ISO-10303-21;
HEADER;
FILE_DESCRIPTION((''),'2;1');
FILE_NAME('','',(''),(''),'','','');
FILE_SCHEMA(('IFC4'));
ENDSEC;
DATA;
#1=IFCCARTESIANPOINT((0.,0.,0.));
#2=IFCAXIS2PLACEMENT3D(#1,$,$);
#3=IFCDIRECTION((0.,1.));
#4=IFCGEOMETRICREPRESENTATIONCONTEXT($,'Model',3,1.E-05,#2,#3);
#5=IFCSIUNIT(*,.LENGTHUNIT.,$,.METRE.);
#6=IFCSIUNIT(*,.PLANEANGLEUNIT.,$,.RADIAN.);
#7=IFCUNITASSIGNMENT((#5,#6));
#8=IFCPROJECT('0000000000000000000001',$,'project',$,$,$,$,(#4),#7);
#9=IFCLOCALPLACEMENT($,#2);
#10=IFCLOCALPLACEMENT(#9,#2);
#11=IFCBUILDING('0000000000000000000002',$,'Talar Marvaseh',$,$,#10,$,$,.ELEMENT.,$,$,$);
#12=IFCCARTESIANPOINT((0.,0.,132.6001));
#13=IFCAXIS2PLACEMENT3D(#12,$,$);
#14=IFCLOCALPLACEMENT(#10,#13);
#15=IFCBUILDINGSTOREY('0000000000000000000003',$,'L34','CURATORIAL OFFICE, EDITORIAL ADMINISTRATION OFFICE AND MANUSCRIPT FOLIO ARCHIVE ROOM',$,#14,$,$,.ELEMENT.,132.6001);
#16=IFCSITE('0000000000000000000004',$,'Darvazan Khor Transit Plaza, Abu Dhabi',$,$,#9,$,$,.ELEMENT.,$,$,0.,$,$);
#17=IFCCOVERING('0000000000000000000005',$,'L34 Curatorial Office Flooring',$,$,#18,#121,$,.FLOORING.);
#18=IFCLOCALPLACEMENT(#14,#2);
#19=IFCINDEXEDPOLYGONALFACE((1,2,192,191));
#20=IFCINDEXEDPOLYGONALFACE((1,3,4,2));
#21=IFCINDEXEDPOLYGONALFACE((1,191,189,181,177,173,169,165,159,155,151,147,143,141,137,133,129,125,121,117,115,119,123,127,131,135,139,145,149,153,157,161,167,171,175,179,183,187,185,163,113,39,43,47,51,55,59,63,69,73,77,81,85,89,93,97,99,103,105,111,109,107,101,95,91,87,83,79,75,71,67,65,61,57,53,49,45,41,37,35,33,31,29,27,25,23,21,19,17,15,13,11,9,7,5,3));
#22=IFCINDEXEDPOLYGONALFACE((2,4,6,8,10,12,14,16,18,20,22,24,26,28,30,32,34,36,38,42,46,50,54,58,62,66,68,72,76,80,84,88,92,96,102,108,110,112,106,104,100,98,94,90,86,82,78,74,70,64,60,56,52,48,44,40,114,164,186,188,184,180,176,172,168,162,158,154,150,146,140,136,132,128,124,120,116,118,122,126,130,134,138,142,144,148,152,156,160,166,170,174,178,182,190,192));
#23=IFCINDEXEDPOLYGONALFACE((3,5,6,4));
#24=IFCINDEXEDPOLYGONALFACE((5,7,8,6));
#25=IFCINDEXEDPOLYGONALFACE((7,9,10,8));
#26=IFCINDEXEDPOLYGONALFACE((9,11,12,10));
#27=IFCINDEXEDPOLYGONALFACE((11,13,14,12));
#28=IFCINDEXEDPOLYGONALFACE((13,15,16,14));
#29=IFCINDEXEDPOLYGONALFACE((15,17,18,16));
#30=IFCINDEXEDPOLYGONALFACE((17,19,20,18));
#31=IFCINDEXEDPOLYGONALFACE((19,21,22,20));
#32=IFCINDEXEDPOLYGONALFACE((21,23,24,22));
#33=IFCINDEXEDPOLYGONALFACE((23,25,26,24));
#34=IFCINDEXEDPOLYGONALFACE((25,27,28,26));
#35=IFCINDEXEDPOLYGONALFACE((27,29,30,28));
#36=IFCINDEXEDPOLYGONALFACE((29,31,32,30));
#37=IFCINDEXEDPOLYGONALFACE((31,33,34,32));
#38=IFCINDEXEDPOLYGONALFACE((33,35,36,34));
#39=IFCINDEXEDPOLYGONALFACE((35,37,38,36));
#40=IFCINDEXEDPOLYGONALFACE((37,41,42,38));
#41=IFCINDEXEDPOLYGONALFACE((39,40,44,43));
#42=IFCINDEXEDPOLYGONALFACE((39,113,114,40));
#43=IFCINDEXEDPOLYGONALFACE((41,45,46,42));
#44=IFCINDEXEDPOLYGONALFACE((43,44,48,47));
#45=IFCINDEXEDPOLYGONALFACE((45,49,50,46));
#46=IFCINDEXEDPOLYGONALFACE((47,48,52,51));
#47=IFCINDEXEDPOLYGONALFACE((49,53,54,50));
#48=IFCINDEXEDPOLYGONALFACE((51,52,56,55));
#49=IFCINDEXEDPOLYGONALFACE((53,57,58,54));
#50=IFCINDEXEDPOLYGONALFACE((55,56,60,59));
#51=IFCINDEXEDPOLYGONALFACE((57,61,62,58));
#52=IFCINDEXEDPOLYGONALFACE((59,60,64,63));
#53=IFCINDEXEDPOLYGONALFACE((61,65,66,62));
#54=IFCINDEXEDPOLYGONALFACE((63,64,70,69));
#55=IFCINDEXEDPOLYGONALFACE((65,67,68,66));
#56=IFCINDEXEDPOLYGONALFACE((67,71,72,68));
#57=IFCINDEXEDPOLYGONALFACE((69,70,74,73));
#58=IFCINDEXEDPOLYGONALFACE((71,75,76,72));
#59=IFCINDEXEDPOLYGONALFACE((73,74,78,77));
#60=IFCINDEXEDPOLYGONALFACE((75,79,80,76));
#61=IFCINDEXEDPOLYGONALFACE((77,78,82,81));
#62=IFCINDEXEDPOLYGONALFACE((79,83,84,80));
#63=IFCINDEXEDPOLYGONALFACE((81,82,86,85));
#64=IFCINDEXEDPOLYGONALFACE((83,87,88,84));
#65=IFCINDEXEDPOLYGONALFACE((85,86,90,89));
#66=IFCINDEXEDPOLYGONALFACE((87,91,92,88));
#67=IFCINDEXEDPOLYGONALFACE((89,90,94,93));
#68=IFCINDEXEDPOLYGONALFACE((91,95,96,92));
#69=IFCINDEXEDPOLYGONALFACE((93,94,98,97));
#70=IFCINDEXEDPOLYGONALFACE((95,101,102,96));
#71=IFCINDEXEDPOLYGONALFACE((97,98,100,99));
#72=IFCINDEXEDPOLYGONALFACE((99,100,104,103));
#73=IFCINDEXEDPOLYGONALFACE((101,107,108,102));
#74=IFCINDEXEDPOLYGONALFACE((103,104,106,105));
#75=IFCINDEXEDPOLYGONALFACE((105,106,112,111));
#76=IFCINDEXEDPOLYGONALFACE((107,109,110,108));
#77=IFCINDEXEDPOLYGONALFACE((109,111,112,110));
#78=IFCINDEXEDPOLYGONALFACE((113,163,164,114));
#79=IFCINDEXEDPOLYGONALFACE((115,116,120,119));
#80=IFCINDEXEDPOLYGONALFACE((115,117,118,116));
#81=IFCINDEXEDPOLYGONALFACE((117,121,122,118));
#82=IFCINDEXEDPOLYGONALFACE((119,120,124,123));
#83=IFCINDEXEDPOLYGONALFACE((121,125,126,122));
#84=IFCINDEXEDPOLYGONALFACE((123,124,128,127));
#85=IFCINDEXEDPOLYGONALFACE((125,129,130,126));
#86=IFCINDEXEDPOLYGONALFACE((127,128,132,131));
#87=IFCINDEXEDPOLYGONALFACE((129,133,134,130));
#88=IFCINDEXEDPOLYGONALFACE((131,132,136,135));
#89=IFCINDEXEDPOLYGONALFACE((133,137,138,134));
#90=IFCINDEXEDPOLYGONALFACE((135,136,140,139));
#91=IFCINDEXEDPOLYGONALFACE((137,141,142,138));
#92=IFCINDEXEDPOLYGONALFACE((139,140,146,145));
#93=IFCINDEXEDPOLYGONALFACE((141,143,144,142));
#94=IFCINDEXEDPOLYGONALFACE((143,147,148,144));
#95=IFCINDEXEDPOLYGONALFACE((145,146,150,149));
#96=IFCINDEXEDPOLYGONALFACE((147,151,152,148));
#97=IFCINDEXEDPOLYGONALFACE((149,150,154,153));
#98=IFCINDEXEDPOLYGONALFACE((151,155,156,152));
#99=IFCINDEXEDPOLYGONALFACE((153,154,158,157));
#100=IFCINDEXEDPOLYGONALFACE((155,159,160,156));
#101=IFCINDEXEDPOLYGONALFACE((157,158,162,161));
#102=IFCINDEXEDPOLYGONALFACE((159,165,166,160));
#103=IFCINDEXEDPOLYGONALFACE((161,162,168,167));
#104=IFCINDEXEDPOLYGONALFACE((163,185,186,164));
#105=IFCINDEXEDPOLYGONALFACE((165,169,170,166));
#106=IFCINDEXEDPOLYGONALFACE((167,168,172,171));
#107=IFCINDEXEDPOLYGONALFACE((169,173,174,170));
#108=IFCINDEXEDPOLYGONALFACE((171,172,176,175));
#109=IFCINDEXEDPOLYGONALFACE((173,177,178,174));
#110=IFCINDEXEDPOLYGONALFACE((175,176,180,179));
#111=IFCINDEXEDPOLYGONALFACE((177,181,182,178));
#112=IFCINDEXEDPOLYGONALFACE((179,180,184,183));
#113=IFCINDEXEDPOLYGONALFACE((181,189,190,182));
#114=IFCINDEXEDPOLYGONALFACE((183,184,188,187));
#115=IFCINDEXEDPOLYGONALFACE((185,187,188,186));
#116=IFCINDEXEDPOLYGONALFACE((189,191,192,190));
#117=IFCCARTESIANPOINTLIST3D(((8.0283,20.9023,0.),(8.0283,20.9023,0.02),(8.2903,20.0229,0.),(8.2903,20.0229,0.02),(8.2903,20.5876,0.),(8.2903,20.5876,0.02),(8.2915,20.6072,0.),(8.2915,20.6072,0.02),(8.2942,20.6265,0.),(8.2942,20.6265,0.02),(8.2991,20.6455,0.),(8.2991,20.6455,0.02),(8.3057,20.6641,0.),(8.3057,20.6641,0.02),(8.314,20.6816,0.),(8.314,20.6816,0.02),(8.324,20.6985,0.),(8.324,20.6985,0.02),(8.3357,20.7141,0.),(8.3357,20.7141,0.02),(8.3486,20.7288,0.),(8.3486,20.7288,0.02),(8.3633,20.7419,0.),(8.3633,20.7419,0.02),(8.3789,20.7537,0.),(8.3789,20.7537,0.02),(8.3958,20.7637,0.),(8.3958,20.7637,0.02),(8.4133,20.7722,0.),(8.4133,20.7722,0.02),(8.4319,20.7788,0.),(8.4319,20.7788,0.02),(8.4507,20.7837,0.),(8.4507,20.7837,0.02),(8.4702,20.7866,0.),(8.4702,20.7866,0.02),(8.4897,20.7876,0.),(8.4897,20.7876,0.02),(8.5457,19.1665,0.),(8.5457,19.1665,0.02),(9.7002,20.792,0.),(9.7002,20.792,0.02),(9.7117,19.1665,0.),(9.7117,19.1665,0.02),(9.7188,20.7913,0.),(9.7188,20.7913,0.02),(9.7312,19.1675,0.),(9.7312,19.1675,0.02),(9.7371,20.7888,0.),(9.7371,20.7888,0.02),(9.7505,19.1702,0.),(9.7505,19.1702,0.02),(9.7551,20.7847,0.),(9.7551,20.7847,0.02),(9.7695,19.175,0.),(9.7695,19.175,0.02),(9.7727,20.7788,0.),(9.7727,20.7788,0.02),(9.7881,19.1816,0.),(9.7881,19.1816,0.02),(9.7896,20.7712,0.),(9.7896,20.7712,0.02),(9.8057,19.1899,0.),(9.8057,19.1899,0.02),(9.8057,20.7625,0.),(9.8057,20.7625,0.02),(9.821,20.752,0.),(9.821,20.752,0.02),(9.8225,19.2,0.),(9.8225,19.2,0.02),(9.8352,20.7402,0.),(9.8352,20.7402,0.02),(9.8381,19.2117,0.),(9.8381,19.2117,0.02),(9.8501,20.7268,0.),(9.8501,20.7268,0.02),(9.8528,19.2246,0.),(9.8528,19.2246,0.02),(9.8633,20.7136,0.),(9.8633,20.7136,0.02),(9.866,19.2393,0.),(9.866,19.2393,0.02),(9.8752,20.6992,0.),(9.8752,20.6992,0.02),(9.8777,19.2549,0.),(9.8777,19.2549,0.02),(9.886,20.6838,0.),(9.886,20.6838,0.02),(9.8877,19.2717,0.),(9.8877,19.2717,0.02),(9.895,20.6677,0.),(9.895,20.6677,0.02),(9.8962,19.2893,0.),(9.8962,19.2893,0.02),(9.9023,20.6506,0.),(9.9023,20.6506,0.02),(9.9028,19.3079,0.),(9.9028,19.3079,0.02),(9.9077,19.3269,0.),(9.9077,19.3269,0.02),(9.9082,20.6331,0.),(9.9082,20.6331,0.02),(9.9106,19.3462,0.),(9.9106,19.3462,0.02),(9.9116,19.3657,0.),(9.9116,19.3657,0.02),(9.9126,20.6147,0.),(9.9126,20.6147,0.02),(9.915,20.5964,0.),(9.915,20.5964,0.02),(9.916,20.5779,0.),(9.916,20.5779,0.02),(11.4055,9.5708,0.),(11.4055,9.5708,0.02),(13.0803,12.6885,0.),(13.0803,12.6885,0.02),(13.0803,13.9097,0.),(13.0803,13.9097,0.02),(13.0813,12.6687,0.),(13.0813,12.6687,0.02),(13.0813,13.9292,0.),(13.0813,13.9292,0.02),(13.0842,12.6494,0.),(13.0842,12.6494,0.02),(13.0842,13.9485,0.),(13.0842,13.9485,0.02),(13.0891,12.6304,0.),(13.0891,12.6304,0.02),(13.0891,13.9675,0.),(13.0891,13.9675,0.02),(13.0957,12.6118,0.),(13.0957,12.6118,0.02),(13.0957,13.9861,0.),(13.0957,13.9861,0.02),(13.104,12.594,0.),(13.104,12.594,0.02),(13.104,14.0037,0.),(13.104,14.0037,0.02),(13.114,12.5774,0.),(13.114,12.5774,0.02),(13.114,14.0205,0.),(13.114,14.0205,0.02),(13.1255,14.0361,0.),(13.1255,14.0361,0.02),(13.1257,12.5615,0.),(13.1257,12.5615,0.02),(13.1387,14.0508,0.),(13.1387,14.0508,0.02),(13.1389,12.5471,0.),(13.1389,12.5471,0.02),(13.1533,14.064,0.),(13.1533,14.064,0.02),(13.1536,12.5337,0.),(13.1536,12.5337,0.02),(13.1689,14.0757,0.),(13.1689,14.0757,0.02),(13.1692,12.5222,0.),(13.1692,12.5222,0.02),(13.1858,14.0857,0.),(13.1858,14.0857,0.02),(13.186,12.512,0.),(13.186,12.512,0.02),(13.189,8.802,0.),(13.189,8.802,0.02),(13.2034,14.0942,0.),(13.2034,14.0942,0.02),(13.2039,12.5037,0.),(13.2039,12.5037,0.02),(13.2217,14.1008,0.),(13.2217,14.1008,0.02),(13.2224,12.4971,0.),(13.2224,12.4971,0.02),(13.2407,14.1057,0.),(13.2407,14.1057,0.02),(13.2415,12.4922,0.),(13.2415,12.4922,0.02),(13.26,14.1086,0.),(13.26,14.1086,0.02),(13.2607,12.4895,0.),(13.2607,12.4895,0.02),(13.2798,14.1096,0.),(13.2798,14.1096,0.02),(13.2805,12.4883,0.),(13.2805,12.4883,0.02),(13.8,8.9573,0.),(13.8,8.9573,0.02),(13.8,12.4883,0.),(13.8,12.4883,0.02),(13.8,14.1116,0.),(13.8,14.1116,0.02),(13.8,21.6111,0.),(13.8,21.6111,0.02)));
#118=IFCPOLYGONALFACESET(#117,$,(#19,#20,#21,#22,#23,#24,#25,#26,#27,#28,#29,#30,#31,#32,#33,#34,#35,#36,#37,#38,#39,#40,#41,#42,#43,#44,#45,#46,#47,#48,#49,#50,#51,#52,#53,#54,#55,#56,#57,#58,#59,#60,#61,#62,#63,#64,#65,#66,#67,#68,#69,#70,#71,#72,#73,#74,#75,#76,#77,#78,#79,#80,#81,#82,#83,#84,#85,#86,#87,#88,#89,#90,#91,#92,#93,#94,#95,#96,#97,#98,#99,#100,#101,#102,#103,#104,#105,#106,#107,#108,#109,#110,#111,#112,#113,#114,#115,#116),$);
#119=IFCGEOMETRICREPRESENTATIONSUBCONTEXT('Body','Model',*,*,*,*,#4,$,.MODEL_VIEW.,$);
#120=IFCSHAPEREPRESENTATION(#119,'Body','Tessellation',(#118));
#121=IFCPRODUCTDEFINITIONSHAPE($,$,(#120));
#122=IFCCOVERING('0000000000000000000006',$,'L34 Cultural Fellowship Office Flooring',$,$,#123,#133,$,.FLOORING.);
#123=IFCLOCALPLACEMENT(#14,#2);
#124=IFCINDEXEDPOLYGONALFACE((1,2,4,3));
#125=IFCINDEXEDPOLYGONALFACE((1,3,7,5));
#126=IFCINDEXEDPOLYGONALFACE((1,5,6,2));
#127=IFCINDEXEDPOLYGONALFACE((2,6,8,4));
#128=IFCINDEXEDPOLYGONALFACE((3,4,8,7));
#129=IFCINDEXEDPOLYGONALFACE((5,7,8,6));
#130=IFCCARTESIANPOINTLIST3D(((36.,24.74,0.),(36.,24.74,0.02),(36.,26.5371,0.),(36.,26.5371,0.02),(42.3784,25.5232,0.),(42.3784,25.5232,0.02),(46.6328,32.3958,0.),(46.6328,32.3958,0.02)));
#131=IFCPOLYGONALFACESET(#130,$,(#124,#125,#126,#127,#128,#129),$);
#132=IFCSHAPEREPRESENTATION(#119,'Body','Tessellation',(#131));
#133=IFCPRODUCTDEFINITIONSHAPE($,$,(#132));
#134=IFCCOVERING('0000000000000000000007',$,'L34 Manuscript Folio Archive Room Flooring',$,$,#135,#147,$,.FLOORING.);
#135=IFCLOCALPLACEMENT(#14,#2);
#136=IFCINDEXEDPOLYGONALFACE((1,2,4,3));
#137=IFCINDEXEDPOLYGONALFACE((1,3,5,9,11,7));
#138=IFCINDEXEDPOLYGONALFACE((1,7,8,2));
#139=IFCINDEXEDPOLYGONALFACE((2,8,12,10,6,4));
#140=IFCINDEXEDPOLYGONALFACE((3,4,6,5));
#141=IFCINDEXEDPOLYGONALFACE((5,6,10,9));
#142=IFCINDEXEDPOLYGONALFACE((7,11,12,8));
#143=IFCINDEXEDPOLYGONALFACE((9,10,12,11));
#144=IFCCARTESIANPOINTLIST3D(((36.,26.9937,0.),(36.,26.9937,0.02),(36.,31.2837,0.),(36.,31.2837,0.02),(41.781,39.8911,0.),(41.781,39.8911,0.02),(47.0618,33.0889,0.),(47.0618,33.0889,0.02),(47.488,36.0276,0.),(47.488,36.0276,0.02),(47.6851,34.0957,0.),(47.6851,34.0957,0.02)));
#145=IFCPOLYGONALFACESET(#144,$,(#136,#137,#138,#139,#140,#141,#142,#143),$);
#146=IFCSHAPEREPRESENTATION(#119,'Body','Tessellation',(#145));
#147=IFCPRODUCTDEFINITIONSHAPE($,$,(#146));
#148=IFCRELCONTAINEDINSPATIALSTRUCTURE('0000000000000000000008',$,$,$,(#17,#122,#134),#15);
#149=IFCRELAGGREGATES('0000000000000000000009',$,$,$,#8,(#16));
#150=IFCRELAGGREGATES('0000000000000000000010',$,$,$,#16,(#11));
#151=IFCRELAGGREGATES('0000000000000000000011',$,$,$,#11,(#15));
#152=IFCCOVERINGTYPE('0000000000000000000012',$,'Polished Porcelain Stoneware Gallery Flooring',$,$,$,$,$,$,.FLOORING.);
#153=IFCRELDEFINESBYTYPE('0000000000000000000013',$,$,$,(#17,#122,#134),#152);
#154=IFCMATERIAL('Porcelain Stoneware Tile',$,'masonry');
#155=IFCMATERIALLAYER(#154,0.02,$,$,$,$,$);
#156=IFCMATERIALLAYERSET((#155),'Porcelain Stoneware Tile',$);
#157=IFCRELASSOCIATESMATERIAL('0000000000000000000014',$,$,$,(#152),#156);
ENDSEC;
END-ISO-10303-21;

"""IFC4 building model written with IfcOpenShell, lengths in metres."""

from ifc_helpers import new_model, si_unit, direction, frame, origin, place, context, subcontext, project, spatial, polyline, outline, extrude, material, layer, layer_set, type_object, element, save


model = new_model("IFC4")

# Units and contexts
model_context = context("Model", 3, precision=1e-05, world=origin(), true_north=direction((0.0, 1.0)))
body_context = subcontext(model_context, "Body", "Model", "MODEL_VIEW")
ifc_project = project(units=[si_unit("LENGTHUNIT", "METRE"), si_unit("PLANEANGLEUNIT", "RADIAN")], contexts=[model_context])

# Site, building, storey
site_placement = place(None, origin())
site = spatial("IfcSite", under=ifc_project, at=site_placement, Name="Darvazan Khor Transit Plaza, Abu Dhabi", CompositionType="ELEMENT", RefElevation=0.0)
building_placement = place(site_placement, origin())
building = spatial("IfcBuilding", under=site, at=building_placement, Name="Talar Marvaseh", CompositionType="ELEMENT")
storey_placement = place(building_placement, frame((0.0, 0.0, 132.6001)))
storey = spatial("IfcBuildingStorey", under=building, at=storey_placement, Name="L34", Description="CURATORIAL OFFICE, EDITORIAL ADMINISTRATION OFFICE AND MANUSCRIPT FOLIO ARCHIVE ROOM", CompositionType="ELEMENT", Elevation=132.6001)

# Coverings
ifc_material_1 = material(Name="Porcelain Stoneware Tile", Category="masonry")
ifc_layer_1 = layer(ifc_material_1, 0.02)
ifc_layer_set_1 = layer_set([ifc_layer_1], Name="Porcelain Stoneware Tile")
covering_type_1 = type_object("IfcCoveringType", Name="Polished Porcelain Stoneware Gallery Flooring", PredefinedType="FLOORING", material=ifc_layer_set_1)
covering_1_placement = place(storey_placement, origin())
element("IfcCovering", 1, at=covering_1_placement, inside=storey, type_object=covering_type_1, Name="L34 Curatorial Office Flooring", PredefinedType="FLOORING", context=body_context, shape_type="SweptSolid", body=[
    extrude(outline(polyline([(13.8, 14.1116), (13.2798, 14.1096), (13.26, 14.1086), (13.2407, 14.1057), (13.2217, 14.1008), (13.2034, 14.0942), (13.1858, 14.0857), (13.1689, 14.0757), (13.1533, 14.064), (13.1387, 14.0508), (13.1255, 14.0361), (13.114, 14.0205), (13.104, 14.0037), (13.0957, 13.9861), (13.0891, 13.9675), (13.0842, 13.9485), (13.0813, 13.9292), (13.0803, 13.9097), (13.0803, 12.6885), (13.0813, 12.6687), (13.0842, 12.6494), (13.0891, 12.6304), (13.0957, 12.6118), (13.104, 12.594), (13.114, 12.5774), (13.1257, 12.5615), (13.1389, 12.5471), (13.1536, 12.5337), (13.1692, 12.5222), (13.186, 12.512), (13.2039, 12.5037), (13.2224, 12.4971), (13.2415, 12.4922), (13.2607, 12.4895), (13.2805, 12.4883), (13.8, 12.4883), (13.8, 8.9573), (13.189, 8.802), (11.4055, 9.5708), (8.5457, 19.1665), (9.7117, 19.1665), (9.7312, 19.1675), (9.7505, 19.1702), (9.7695, 19.175), (9.7881, 19.1816), (9.8057, 19.1899), (9.8225, 19.2), (9.8381, 19.2117), (9.8528, 19.2246), (9.866, 19.2393), (9.8777, 19.2549), (9.8877, 19.2717), (9.8962, 19.2893), (9.9028, 19.3079), (9.9077, 19.3269), (9.9106, 19.3462), (9.9116, 19.3657), (9.916, 20.5779), (9.915, 20.5964), (9.9126, 20.6147), (9.9082, 20.6331), (9.9023, 20.6506), (9.895, 20.6677), (9.886, 20.6838), (9.8752, 20.6992), (9.8633, 20.7136), (9.8501, 20.7268), (9.8352, 20.7402), (9.821, 20.752), (9.8057, 20.7625), (9.7896, 20.7712), (9.7727, 20.7788), (9.7551, 20.7847), (9.7371, 20.7888), (9.7188, 20.7913), (9.7002, 20.792), (8.4897, 20.7876), (8.4702, 20.7866), (8.4507, 20.7837), (8.4319, 20.7788), (8.4133, 20.7722), (8.3958, 20.7637), (8.3789, 20.7537), (8.3633, 20.7419), (8.3486, 20.7288), (8.3357, 20.7141), (8.324, 20.6985), (8.314, 20.6816), (8.3057, 20.6641), (8.2991, 20.6455), (8.2942, 20.6265), (8.2915, 20.6072), (8.2903, 20.5876), (8.2903, 20.0229), (8.0283, 20.9023), (13.8, 21.6111), (13.8, 14.1116)])), origin(), (0.0, 0.0, 1.0), 0.02),
])
covering_2_placement = place(storey_placement, origin())
element("IfcCovering", 2, at=covering_2_placement, inside=storey, type_object=covering_type_1, Name="L34 Cultural Fellowship Office Flooring", PredefinedType="FLOORING", context=body_context, shape_type="SweptSolid", body=[
    extrude(outline(polyline([(46.6328, 32.3958), (42.3784, 25.5232), (36.0, 24.74), (36.0, 26.5371), (46.6328, 32.3958)])), origin(), (0.0, 0.0, 1.0), 0.02),
])
covering_3_placement = place(storey_placement, origin())
element("IfcCovering", 3, at=covering_3_placement, inside=storey, type_object=covering_type_1, Name="L34 Manuscript Folio Archive Room Flooring", PredefinedType="FLOORING", context=body_context, shape_type="SweptSolid", body=[
    extrude(outline(polyline([(36.0, 26.9937), (36.0, 31.2837), (41.781, 39.8911), (47.488, 36.0276), (47.6851, 34.0957), (47.0618, 33.0889), (36.0, 26.9937)])), origin(), (0.0, 0.0, 1.0), 0.02),
])

save(model, "model.ifc")
